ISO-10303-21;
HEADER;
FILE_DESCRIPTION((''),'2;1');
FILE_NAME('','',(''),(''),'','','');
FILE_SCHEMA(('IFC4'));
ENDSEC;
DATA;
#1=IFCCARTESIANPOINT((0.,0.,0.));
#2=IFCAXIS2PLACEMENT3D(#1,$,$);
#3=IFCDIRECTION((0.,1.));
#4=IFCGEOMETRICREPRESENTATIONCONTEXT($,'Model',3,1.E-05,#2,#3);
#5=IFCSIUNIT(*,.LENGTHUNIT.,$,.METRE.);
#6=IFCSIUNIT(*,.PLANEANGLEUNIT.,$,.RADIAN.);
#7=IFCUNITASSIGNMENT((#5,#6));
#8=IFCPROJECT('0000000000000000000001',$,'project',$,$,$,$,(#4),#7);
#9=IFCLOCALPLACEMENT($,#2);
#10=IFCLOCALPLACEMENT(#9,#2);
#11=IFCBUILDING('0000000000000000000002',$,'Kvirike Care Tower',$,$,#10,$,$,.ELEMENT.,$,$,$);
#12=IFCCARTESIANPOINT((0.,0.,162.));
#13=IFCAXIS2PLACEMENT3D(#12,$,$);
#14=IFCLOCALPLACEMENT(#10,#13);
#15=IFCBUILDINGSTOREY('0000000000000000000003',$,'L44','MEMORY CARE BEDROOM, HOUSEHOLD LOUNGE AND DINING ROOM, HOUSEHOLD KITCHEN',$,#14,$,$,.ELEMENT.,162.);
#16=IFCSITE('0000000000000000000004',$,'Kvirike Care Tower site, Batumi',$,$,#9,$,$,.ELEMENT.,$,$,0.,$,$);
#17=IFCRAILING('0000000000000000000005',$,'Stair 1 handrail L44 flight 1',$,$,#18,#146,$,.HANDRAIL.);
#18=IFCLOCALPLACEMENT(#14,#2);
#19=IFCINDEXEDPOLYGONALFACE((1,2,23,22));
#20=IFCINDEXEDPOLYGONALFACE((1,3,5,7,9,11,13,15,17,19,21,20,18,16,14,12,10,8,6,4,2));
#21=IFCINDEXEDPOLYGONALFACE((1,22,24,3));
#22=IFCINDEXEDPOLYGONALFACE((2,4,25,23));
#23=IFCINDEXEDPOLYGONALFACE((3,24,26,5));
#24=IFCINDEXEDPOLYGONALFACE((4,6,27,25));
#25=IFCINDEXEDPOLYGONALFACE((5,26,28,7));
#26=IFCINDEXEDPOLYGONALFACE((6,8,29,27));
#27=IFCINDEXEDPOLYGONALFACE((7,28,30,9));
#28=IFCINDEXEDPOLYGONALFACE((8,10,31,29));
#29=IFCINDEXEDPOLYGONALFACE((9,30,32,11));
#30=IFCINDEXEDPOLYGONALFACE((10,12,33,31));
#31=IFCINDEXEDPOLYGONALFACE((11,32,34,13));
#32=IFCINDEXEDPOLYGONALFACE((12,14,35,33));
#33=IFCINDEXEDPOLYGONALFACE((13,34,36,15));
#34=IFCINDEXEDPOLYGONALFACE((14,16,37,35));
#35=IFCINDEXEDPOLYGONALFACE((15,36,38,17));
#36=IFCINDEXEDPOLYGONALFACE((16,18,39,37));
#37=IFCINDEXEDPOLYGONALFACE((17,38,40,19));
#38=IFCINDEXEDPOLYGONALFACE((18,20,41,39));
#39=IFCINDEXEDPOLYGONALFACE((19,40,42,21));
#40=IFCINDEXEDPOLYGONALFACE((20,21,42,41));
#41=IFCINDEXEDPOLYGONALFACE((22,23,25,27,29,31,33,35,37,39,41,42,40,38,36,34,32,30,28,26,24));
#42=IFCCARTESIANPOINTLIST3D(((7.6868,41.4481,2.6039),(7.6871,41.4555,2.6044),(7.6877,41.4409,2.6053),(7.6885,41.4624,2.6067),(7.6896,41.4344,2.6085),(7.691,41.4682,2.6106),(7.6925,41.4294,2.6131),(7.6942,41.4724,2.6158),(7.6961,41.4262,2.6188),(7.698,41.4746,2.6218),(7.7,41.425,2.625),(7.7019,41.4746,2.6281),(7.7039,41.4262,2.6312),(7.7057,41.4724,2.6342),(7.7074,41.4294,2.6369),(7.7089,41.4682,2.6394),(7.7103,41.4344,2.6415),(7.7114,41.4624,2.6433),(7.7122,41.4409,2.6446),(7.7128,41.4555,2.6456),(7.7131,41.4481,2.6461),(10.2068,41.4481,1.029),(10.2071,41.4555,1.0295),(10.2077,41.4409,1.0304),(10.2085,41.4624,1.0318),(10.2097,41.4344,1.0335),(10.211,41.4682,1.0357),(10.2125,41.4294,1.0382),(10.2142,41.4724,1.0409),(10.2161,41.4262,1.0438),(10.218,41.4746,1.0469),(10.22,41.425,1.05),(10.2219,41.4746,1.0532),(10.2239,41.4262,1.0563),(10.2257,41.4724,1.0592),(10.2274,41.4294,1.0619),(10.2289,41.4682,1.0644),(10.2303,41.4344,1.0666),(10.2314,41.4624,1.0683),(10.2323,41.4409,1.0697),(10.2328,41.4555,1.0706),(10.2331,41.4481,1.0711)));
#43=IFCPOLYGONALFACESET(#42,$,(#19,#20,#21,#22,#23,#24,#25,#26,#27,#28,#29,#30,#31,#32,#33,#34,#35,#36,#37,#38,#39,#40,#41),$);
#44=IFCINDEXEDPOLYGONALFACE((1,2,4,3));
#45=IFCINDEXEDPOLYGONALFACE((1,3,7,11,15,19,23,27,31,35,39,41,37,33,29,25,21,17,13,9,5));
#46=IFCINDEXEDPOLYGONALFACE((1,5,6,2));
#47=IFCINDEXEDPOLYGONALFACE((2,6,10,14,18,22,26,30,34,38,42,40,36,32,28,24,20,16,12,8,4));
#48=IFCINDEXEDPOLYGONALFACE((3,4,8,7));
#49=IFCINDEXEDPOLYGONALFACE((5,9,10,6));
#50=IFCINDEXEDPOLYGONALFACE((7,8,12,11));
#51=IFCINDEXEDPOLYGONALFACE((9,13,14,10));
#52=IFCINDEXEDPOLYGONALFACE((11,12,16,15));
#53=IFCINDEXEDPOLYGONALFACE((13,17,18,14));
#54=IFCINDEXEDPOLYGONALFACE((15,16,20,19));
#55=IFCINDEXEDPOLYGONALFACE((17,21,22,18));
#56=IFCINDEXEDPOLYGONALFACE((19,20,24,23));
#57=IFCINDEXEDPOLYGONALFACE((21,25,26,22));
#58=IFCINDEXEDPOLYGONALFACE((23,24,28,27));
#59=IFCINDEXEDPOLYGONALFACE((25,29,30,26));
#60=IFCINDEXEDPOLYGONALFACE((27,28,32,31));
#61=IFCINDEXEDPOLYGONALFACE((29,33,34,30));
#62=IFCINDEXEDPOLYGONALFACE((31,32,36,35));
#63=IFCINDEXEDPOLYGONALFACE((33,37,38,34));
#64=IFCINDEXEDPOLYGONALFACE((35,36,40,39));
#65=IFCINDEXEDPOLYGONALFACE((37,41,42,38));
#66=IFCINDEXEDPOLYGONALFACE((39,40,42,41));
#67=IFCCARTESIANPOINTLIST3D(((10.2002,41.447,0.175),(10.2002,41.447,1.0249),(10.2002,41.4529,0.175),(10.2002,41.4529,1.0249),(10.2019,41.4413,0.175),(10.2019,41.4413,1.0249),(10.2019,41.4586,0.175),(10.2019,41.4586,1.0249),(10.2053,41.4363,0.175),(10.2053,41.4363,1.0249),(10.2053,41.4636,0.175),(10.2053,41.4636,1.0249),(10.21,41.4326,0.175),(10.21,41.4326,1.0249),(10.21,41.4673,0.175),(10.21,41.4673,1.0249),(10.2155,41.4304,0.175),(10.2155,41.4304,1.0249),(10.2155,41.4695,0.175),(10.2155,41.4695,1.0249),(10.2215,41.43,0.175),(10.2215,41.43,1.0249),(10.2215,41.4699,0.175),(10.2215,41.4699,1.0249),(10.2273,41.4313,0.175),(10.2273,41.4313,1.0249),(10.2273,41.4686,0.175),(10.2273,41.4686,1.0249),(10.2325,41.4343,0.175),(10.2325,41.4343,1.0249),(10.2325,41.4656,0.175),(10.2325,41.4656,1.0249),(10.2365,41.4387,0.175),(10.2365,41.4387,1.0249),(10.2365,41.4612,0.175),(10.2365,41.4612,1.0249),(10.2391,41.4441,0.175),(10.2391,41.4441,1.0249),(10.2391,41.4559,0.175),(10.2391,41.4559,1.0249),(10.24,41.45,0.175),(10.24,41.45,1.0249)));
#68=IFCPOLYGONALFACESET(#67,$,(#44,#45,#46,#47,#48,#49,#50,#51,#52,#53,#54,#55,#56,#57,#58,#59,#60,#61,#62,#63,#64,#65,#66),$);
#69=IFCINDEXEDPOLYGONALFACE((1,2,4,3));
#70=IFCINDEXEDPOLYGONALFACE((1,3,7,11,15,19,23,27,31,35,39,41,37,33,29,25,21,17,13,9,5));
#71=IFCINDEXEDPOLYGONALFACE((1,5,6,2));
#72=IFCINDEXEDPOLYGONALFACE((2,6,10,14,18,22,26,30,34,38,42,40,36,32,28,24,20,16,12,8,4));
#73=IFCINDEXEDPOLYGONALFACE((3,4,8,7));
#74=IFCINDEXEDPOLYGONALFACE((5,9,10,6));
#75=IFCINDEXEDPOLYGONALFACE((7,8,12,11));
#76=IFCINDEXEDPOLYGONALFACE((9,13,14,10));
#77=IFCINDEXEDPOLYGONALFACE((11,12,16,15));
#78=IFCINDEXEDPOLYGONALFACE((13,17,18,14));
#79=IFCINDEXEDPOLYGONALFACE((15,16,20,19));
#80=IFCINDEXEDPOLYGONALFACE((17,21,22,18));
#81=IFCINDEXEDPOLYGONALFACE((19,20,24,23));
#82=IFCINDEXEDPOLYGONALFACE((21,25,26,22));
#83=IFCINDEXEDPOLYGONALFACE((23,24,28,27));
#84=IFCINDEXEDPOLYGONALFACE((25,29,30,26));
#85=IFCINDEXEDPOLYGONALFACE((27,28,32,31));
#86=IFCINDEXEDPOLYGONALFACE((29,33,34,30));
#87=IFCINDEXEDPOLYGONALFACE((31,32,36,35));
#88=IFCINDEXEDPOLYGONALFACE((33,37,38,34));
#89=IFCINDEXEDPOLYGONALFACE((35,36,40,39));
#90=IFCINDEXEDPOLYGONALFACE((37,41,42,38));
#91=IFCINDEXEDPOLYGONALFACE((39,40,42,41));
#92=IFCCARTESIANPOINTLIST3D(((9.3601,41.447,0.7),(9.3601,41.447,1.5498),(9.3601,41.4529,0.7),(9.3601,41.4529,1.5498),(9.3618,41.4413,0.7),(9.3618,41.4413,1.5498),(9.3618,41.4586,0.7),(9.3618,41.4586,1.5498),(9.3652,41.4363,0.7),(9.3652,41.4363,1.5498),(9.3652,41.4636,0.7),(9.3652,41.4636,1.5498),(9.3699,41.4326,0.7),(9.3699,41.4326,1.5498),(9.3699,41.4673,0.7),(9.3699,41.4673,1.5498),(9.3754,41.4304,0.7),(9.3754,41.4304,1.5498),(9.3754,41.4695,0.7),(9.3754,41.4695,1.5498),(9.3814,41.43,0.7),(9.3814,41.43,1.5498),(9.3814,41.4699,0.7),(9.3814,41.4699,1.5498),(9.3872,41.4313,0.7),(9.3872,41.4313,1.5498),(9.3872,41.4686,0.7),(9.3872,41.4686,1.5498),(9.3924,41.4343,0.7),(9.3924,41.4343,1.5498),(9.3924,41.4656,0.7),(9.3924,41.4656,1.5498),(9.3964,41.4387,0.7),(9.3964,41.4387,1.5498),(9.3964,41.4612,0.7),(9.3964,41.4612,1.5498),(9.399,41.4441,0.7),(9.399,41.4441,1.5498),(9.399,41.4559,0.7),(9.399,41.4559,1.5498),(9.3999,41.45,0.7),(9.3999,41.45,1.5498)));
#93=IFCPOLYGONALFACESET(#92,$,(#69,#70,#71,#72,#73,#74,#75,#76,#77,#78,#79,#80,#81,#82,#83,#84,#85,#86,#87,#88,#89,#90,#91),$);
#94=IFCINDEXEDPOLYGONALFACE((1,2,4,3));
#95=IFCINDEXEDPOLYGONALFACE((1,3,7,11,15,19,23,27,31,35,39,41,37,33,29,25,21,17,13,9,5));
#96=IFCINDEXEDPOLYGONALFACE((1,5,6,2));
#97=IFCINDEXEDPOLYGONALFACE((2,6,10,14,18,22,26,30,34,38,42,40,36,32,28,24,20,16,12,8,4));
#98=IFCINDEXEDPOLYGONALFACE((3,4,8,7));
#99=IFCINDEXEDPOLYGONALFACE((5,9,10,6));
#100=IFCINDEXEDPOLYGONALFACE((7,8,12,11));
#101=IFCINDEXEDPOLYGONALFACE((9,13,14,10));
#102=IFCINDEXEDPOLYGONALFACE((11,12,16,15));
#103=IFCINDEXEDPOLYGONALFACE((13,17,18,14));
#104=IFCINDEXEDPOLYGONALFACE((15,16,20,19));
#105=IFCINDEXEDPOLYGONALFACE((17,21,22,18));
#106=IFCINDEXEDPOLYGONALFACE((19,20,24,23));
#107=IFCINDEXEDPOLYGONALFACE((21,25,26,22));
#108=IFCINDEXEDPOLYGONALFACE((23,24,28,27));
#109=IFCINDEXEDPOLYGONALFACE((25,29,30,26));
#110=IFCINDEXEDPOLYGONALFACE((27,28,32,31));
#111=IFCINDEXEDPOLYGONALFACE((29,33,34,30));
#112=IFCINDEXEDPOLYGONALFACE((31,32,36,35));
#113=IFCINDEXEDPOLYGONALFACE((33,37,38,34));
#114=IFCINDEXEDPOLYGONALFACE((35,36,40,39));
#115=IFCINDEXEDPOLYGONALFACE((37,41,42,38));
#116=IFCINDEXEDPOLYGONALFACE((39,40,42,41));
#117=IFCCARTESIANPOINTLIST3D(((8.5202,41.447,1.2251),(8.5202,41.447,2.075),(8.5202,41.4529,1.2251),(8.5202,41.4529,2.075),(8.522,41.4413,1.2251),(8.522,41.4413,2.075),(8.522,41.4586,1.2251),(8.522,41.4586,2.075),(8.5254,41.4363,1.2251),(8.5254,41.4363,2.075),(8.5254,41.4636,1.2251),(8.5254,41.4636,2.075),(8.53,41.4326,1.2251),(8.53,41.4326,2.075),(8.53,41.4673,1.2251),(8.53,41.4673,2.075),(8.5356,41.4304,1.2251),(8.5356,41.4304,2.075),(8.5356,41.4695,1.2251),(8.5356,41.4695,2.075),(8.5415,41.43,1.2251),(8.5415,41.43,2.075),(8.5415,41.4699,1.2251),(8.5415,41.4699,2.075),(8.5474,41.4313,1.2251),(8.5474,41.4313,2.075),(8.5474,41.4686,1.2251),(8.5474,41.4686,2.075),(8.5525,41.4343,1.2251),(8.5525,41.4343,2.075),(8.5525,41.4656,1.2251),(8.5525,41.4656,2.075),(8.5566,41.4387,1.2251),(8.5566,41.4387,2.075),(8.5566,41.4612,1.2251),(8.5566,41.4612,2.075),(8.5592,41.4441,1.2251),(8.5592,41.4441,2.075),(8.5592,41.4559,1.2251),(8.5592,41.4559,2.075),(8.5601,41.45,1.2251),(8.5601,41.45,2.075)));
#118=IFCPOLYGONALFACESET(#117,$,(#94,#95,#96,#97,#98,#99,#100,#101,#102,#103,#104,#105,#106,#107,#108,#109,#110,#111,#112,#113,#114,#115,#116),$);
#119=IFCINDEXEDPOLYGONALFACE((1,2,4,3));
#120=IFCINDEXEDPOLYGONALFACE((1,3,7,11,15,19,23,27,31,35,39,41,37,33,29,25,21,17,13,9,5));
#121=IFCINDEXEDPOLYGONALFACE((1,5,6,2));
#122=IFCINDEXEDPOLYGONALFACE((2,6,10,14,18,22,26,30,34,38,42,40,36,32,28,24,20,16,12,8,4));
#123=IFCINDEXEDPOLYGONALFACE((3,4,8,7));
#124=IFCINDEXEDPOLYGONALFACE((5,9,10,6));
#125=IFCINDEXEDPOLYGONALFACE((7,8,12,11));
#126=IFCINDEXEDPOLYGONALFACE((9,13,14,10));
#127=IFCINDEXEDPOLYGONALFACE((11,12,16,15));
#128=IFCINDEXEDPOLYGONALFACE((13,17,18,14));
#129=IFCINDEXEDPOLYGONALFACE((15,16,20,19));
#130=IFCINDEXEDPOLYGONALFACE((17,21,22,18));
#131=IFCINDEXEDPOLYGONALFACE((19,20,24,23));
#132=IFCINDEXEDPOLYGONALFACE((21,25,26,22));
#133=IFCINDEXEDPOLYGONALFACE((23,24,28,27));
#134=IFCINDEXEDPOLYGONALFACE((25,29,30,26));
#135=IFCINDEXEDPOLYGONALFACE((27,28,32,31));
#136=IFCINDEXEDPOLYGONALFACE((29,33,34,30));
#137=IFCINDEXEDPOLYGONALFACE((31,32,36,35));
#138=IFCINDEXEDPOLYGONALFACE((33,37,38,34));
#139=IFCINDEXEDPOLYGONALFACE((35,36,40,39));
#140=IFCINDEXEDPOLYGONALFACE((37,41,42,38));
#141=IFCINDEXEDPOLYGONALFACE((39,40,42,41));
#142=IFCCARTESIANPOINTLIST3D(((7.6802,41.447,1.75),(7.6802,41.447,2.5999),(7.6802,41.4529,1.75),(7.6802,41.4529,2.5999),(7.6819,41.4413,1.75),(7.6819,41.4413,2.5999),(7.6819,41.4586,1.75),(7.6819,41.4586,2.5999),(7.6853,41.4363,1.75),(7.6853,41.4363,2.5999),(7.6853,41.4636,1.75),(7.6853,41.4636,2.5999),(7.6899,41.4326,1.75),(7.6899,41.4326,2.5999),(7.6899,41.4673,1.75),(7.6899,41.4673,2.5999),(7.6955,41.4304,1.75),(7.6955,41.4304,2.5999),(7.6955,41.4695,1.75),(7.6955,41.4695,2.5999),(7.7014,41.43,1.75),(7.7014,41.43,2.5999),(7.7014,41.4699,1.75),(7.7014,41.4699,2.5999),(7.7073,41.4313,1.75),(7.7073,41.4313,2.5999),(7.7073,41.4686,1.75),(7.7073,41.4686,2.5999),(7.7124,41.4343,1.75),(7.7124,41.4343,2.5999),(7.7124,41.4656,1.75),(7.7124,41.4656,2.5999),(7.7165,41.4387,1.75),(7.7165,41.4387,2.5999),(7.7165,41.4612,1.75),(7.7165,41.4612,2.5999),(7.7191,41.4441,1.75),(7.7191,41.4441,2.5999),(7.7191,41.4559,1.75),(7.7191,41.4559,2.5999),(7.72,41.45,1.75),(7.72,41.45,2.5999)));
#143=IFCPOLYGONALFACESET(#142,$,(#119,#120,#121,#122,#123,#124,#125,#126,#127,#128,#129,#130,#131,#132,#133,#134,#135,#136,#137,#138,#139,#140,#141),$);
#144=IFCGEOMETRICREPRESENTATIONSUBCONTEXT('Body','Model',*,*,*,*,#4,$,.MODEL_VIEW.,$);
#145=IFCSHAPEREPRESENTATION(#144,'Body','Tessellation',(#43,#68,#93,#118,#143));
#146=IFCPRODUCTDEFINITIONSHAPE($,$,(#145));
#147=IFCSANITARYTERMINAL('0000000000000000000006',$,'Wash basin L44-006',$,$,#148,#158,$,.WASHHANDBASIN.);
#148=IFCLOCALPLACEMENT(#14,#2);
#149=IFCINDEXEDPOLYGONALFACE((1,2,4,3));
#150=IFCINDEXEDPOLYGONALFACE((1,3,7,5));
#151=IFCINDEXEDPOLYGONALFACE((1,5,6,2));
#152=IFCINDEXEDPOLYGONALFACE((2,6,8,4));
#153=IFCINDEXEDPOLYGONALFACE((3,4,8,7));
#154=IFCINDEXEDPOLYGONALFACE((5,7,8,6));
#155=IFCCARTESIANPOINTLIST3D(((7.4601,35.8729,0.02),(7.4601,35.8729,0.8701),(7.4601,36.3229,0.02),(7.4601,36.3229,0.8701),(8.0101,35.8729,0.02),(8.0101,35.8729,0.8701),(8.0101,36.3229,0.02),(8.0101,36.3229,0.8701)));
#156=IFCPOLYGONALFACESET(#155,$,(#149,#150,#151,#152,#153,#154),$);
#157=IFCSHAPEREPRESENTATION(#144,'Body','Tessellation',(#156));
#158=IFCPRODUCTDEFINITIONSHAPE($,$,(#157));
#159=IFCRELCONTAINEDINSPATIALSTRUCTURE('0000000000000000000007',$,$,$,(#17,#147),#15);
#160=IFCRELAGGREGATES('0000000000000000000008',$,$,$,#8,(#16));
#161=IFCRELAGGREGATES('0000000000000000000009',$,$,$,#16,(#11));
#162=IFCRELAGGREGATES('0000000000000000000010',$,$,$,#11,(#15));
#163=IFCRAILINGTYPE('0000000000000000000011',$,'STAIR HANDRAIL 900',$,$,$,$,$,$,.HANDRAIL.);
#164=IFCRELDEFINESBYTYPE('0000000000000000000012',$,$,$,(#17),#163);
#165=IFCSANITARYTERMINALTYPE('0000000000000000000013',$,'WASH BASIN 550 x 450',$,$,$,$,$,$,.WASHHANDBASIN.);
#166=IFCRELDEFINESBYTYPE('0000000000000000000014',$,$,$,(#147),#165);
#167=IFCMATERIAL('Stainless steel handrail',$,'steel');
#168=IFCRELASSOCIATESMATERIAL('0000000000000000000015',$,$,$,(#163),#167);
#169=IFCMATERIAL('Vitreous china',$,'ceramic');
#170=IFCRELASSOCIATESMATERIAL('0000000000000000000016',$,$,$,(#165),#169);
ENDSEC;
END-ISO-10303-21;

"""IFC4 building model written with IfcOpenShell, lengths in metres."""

from ifc_helpers import new_model, si_unit, direction, frame, origin, origin_2d, place, context, subcontext, project, spatial, rectangle, circle, extrude, material, type_object, element, save


model = new_model("IFC4")

# Units and contexts
model_context = context("Model", 3, precision=1e-05, world=origin(), true_north=direction((0.0, 1.0)))
body_context = subcontext(model_context, "Body", "Model", "MODEL_VIEW")
ifc_project = project(units=[si_unit("LENGTHUNIT", "METRE"), si_unit("PLANEANGLEUNIT", "RADIAN")], contexts=[model_context])

# Site, building, storey
site_placement = place(None, origin())
site = spatial("IfcSite", under=ifc_project, at=site_placement, Name="Kvirike Care Tower site, Batumi", CompositionType="ELEMENT", RefElevation=0.0)
building_placement = place(site_placement, origin())
building = spatial("IfcBuilding", under=site, at=building_placement, Name="Kvirike Care Tower", CompositionType="ELEMENT")
storey_placement = place(building_placement, frame((0.0, 0.0, 162.0)))
storey = spatial("IfcBuildingStorey", under=building, at=storey_placement, Name="L44", Description="MEMORY CARE BEDROOM, HOUSEHOLD LOUNGE AND DINING ROOM, HOUSEHOLD KITCHEN", CompositionType="ELEMENT", Elevation=162.0)

# Railing
ifc_material_1 = material(Name="Stainless steel handrail", Category="steel")
railing_type = type_object("IfcRailingType", Name="STAIR HANDRAIL 900", PredefinedType="HANDRAIL", material=ifc_material_1)
railing_placement = place(storey_placement, frame((10.22, 41.45, 0.175)))
element("IfcRailing", 1, at=railing_placement, inside=storey, type_object=railing_type, Name="Stair 1 handrail L44 flight 1", PredefinedType="HANDRAIL", context=body_context, shape_type="SweptSolid", body=[
    extrude(circle(Radius=0.0249, at=origin_2d()), frame((0.0, 0.0, 0.875), z_axis=(-0.848008, 0.0, 0.529984), x_axis=(0.0, -1.0, 0.0)), (0.0, 0.0, 1.0), 2.9717),
    extrude(circle(Radius=0.02, at=origin_2d()), origin(), (0.0, 0.0, 1.0), 0.8499),
    extrude(circle(Radius=0.02, at=origin_2d()), frame((-0.8401, 0.0, 0.5249)), (0.0, 0.0, 1.0), 0.8499),
    extrude(circle(Radius=0.02, at=origin_2d()), frame((-1.6799, 0.0, 1.05)), (0.0, 0.0, 1.0), 0.8499),
    extrude(circle(Radius=0.02, at=origin_2d()), frame((-2.52, 0.0, 1.575)), (0.0, 0.0, 1.0), 0.8499),
])

# Sanitary terminal
ifc_material_2 = material(Name="Vitreous china", Category="ceramic")
sanitary_terminal_type = type_object("IfcSanitaryTerminalType", Name="WASH BASIN 550 x 450", PredefinedType="WASHHANDBASIN", material=ifc_material_2)
sanitary_terminal_placement = place(storey_placement, frame((7.7351, 36.0979, 0.02), z_axis=(0.0, 0.0, 1.0), x_axis=(1.0, 0.0, 0.0)))
element("IfcSanitaryTerminal", 2, at=sanitary_terminal_placement, inside=storey, type_object=sanitary_terminal_type, Name="Wash basin L44-006", PredefinedType="WASHHANDBASIN", context=body_context, shape_type="SweptSolid", body=[
    extrude(rectangle(XDim=0.55, YDim=0.45, at=origin_2d()), origin(), (0.0, 0.0, 1.0), 0.8501),
])

save(model, "model.ifc")
